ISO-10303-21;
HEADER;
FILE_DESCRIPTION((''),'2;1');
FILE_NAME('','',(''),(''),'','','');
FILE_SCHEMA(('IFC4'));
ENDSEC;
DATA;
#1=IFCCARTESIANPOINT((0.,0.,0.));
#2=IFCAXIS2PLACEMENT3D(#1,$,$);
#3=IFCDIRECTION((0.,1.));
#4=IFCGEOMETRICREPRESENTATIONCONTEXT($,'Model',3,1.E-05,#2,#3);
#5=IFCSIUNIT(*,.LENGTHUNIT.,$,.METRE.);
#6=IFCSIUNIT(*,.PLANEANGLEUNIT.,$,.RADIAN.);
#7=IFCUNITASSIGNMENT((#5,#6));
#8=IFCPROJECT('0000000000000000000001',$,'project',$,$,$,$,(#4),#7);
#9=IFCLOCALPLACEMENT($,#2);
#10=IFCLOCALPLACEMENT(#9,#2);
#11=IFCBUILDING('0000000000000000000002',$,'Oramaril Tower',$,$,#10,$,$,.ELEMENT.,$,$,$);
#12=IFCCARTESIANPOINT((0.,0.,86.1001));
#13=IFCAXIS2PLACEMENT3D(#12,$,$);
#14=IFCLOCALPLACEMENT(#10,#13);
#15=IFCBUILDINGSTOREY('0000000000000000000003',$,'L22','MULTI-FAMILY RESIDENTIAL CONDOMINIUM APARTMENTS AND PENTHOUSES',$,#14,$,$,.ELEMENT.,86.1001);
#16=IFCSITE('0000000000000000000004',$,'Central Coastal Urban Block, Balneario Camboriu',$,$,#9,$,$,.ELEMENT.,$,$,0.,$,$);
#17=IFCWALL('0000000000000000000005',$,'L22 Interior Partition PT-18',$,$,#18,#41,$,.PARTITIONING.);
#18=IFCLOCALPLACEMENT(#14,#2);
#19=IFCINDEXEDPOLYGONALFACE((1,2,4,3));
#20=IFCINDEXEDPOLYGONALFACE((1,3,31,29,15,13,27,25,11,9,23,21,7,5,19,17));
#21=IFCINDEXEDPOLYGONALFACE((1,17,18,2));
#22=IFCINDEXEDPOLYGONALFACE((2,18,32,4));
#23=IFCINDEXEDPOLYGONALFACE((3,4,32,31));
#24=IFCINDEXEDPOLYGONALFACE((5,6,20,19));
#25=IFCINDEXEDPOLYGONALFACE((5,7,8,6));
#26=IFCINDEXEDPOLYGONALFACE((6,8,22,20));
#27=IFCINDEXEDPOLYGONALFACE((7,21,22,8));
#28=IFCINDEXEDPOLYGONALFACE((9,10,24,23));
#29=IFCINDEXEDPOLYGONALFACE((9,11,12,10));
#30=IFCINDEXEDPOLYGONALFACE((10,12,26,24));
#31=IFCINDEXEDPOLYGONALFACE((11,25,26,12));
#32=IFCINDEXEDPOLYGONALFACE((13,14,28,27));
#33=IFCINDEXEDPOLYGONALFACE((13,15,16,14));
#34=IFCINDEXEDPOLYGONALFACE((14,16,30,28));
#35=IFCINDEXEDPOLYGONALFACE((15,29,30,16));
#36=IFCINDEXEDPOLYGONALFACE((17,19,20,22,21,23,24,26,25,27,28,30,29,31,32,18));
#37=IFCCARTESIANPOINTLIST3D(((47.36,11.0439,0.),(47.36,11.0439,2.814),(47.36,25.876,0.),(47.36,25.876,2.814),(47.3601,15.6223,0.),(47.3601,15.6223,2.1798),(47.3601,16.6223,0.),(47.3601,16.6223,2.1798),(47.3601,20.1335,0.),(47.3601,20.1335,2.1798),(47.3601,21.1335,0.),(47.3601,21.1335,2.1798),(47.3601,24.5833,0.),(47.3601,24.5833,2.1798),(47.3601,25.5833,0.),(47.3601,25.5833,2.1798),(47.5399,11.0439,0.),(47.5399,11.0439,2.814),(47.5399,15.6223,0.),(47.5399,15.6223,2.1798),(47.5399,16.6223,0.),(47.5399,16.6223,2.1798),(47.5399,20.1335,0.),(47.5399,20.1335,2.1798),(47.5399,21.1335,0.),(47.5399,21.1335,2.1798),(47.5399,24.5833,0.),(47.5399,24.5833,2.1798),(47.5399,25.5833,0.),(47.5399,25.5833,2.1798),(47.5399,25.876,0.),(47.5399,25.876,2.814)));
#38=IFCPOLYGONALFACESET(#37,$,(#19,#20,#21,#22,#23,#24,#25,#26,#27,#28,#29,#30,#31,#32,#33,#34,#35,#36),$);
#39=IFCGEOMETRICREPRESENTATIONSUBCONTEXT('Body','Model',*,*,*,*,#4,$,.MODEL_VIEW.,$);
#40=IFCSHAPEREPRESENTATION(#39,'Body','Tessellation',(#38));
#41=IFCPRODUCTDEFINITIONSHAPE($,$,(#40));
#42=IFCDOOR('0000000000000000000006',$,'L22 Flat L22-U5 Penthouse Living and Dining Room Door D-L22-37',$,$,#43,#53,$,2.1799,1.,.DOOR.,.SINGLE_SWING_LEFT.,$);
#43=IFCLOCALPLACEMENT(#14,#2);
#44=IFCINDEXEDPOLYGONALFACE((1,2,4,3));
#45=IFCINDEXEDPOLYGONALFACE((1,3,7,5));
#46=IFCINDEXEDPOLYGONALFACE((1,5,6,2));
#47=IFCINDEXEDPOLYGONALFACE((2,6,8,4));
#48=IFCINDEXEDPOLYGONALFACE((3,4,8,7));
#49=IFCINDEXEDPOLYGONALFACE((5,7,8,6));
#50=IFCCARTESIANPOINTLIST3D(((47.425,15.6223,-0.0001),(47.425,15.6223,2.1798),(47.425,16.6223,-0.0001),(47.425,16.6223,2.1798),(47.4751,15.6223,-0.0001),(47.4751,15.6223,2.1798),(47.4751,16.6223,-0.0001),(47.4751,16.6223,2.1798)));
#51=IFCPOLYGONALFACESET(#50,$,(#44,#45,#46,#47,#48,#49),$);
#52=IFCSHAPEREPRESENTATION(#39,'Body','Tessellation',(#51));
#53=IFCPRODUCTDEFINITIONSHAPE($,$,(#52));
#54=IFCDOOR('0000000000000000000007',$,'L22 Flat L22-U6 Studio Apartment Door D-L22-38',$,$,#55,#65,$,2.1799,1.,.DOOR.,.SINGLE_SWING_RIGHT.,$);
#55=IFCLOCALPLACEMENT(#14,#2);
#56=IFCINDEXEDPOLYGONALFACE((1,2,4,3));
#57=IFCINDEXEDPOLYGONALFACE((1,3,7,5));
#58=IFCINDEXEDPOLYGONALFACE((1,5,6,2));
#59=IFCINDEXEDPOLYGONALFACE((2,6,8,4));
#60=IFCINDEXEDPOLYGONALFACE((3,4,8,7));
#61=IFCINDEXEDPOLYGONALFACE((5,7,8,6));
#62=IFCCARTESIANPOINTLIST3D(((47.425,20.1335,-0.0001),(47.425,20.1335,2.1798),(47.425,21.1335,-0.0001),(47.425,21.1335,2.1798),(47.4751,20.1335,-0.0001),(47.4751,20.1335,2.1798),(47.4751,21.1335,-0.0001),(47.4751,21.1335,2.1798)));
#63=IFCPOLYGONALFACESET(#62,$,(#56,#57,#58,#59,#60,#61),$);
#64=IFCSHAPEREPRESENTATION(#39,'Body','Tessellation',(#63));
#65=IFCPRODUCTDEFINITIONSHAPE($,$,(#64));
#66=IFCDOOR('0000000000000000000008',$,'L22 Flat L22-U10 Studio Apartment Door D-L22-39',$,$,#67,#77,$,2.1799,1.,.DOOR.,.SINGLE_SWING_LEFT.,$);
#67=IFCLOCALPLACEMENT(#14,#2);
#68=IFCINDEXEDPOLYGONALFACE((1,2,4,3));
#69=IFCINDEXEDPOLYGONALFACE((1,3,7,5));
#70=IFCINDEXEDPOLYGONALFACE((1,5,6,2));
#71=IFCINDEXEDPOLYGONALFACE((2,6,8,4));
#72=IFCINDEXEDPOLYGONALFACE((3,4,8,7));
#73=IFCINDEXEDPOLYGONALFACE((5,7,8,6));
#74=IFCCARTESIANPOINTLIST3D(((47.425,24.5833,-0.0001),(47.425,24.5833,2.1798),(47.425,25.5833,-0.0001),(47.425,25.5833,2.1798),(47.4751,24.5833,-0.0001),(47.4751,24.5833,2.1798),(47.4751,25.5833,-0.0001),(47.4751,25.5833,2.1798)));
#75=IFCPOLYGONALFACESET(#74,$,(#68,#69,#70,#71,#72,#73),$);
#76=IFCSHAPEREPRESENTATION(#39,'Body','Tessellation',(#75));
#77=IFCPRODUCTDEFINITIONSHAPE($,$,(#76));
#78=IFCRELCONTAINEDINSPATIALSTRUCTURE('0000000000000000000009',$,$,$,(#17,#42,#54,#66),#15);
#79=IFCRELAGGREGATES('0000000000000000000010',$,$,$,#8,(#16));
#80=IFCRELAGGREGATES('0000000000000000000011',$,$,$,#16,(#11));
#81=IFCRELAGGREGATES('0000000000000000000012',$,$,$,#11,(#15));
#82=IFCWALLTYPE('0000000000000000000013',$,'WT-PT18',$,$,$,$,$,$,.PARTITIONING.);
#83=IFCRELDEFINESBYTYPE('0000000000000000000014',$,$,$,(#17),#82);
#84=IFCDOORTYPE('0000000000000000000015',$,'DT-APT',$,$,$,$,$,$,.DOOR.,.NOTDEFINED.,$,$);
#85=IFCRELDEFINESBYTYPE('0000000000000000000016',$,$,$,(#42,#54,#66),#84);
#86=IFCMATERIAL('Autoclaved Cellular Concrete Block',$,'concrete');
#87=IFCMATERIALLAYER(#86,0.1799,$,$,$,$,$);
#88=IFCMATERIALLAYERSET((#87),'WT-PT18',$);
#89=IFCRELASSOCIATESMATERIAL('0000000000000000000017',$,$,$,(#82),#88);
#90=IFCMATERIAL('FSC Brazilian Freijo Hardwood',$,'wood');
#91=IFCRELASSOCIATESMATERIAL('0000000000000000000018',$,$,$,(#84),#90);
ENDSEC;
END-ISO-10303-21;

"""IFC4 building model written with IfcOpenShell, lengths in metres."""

from ifc_helpers import new_model, si_unit, direction, frame, frame_2d, origin, place, context, subcontext, project, spatial, rectangle, extrude, material, layer, layer_set, type_object, element, fill, save


model = new_model("IFC4")

# Units and contexts
model_context = context("Model", 3, precision=1e-05, world=origin(), true_north=direction((0.0, 1.0)))
body_context = subcontext(model_context, "Body", "Model", "MODEL_VIEW")
ifc_project = project(units=[si_unit("LENGTHUNIT", "METRE"), si_unit("PLANEANGLEUNIT", "RADIAN")], contexts=[model_context])

# Site, building, storey
site_placement = place(None, origin())
site = spatial("IfcSite", under=ifc_project, at=site_placement, Name="Central Coastal Urban Block, Balneario Camboriu", CompositionType="ELEMENT", RefElevation=0.0)
building_placement = place(site_placement, origin())
building = spatial("IfcBuilding", under=site, at=building_placement, Name="Oramaril Tower", CompositionType="ELEMENT")
storey_placement = place(building_placement, frame((0.0, 0.0, 86.1001)))
storey = spatial("IfcBuildingStorey", under=building, at=storey_placement, Name="L22", Description="MULTI-FAMILY RESIDENTIAL CONDOMINIUM APARTMENTS AND PENTHOUSES", CompositionType="ELEMENT", Elevation=86.1001)

# Shared definitions
ifc_material_1 = material(Name="Autoclaved Cellular Concrete Block", Category="concrete")
ifc_layer_1 = layer(ifc_material_1, 0.1799)
ifc_layer_set_1 = layer_set([ifc_layer_1], Name="WT-PT18")
wall_type_1 = type_object("IfcWallType", Name="WT-PT18", PredefinedType="PARTITIONING", material=ifc_layer_set_1)

# Wall, openings, doors
wall_1_placement = place(storey_placement, frame((47.45, 11.0439, 0.0), z_axis=(0.0, 0.0, 1.0), x_axis=(0.0, 1.0, 0.0)))
wall_1 = element("IfcWall", 1, at=wall_1_placement, inside=storey, type_object=wall_type_1, Name="L22 Interior Partition PT-18", PredefinedType="PARTITIONING", context=body_context, shape_type="SweptSolid", body=[
    extrude(rectangle(XDim=14.832, YDim=0.1799, at=frame_2d((7.416, 0.0))), origin(), (0.0, 0.0, 1.0), 2.814),
])
opening_1_placement = place(wall_1_placement, frame((4.5784, 0.0, 0.0)))
opening_1 = element("IfcOpeningElement", 2, at=opening_1_placement, cuts=wall_1, PredefinedType="OPENING", context=body_context, shape_type="SweptSolid", body=[
    extrude(rectangle(XDim=1.0, YDim=2.1799, at=frame_2d((0.5, 1.0898))), frame((0.0, 0.0898, 0.0), z_axis=(0.0, -1.0, 0.0), x_axis=(1.0, 0.0, 0.0)), (0.0, 0.0, 1.0), 0.1799),
])
opening_2_placement = place(wall_1_placement, frame((9.0896, 0.0, 0.0)))
opening_2 = element("IfcOpeningElement", 3, at=opening_2_placement, cuts=wall_1, PredefinedType="OPENING", context=body_context, shape_type="SweptSolid", body=[
    extrude(rectangle(XDim=1.0, YDim=2.1799, at=frame_2d((0.5, 1.0898))), frame((0.0, 0.0898, 0.0), z_axis=(0.0, -1.0, 0.0), x_axis=(1.0, 0.0, 0.0)), (0.0, 0.0, 1.0), 0.1799),
])
opening_3_placement = place(wall_1_placement, frame((13.5393, 0.0, 0.0)))
opening_3 = element("IfcOpeningElement", 4, at=opening_3_placement, cuts=wall_1, PredefinedType="OPENING", context=body_context, shape_type="SweptSolid", body=[
    extrude(rectangle(XDim=1.0, YDim=2.1799, at=frame_2d((0.5, 1.0898))), frame((0.0, 0.0898, 0.0), z_axis=(0.0, -1.0, 0.0), x_axis=(1.0, 0.0, 0.0)), (0.0, 0.0, 1.0), 0.1799),
])
ifc_material_2 = material(Name="FSC Brazilian Freijo Hardwood", Category="wood")
door_type_1 = type_object("IfcDoorType", Name="DT-APT", OperationType="NOTDEFINED", PredefinedType="DOOR", material=ifc_material_2)
door_1_placement = place(opening_1_placement, origin())
door_1 = element("IfcDoor", 5, at=door_1_placement, inside=storey, type_object=door_type_1, Name="L22 Flat L22-U5 Penthouse Living and Dining Room Door D-L22-37", OperationType="SINGLE_SWING_LEFT", OverallHeight=2.1799, OverallWidth=1.0, PredefinedType="DOOR", context=body_context, shape_type="SweptSolid", body=[
    extrude(rectangle(XDim=1.0, YDim=2.1799, at=frame_2d((0.5, 1.0898))), frame((0.0, 0.0249, 0.0), z_axis=(0.0, -1.0, 0.0), x_axis=(1.0, 0.0, 0.0)), (0.0, 0.0, 1.0), 0.05),
])
fill(opening_1, door_1)
door_2_placement = place(opening_2_placement, origin())
door_2 = element("IfcDoor", 6, at=door_2_placement, inside=storey, type_object=door_type_1, Name="L22 Flat L22-U6 Studio Apartment Door D-L22-38", OperationType="SINGLE_SWING_RIGHT", OverallHeight=2.1799, OverallWidth=1.0, PredefinedType="DOOR", context=body_context, shape_type="SweptSolid", body=[
    extrude(rectangle(XDim=1.0, YDim=2.1799, at=frame_2d((0.5, 1.0898))), frame((0.0, 0.0249, 0.0), z_axis=(0.0, -1.0, 0.0), x_axis=(1.0, 0.0, 0.0)), (0.0, 0.0, 1.0), 0.05),
])
fill(opening_2, door_2)
door_3_placement = place(opening_3_placement, origin())
door_3 = element("IfcDoor", 7, at=door_3_placement, inside=storey, type_object=door_type_1, Name="L22 Flat L22-U10 Studio Apartment Door D-L22-39", OperationType="SINGLE_SWING_LEFT", OverallHeight=2.1799, OverallWidth=1.0, PredefinedType="DOOR", context=body_context, shape_type="SweptSolid", body=[
    extrude(rectangle(XDim=1.0, YDim=2.1799, at=frame_2d((0.5, 1.0898))), frame((0.0, 0.0249, 0.0), z_axis=(0.0, -1.0, 0.0), x_axis=(1.0, 0.0, 0.0)), (0.0, 0.0, 1.0), 0.05),
])
fill(opening_3, door_3)

save(model, "model.ifc")
